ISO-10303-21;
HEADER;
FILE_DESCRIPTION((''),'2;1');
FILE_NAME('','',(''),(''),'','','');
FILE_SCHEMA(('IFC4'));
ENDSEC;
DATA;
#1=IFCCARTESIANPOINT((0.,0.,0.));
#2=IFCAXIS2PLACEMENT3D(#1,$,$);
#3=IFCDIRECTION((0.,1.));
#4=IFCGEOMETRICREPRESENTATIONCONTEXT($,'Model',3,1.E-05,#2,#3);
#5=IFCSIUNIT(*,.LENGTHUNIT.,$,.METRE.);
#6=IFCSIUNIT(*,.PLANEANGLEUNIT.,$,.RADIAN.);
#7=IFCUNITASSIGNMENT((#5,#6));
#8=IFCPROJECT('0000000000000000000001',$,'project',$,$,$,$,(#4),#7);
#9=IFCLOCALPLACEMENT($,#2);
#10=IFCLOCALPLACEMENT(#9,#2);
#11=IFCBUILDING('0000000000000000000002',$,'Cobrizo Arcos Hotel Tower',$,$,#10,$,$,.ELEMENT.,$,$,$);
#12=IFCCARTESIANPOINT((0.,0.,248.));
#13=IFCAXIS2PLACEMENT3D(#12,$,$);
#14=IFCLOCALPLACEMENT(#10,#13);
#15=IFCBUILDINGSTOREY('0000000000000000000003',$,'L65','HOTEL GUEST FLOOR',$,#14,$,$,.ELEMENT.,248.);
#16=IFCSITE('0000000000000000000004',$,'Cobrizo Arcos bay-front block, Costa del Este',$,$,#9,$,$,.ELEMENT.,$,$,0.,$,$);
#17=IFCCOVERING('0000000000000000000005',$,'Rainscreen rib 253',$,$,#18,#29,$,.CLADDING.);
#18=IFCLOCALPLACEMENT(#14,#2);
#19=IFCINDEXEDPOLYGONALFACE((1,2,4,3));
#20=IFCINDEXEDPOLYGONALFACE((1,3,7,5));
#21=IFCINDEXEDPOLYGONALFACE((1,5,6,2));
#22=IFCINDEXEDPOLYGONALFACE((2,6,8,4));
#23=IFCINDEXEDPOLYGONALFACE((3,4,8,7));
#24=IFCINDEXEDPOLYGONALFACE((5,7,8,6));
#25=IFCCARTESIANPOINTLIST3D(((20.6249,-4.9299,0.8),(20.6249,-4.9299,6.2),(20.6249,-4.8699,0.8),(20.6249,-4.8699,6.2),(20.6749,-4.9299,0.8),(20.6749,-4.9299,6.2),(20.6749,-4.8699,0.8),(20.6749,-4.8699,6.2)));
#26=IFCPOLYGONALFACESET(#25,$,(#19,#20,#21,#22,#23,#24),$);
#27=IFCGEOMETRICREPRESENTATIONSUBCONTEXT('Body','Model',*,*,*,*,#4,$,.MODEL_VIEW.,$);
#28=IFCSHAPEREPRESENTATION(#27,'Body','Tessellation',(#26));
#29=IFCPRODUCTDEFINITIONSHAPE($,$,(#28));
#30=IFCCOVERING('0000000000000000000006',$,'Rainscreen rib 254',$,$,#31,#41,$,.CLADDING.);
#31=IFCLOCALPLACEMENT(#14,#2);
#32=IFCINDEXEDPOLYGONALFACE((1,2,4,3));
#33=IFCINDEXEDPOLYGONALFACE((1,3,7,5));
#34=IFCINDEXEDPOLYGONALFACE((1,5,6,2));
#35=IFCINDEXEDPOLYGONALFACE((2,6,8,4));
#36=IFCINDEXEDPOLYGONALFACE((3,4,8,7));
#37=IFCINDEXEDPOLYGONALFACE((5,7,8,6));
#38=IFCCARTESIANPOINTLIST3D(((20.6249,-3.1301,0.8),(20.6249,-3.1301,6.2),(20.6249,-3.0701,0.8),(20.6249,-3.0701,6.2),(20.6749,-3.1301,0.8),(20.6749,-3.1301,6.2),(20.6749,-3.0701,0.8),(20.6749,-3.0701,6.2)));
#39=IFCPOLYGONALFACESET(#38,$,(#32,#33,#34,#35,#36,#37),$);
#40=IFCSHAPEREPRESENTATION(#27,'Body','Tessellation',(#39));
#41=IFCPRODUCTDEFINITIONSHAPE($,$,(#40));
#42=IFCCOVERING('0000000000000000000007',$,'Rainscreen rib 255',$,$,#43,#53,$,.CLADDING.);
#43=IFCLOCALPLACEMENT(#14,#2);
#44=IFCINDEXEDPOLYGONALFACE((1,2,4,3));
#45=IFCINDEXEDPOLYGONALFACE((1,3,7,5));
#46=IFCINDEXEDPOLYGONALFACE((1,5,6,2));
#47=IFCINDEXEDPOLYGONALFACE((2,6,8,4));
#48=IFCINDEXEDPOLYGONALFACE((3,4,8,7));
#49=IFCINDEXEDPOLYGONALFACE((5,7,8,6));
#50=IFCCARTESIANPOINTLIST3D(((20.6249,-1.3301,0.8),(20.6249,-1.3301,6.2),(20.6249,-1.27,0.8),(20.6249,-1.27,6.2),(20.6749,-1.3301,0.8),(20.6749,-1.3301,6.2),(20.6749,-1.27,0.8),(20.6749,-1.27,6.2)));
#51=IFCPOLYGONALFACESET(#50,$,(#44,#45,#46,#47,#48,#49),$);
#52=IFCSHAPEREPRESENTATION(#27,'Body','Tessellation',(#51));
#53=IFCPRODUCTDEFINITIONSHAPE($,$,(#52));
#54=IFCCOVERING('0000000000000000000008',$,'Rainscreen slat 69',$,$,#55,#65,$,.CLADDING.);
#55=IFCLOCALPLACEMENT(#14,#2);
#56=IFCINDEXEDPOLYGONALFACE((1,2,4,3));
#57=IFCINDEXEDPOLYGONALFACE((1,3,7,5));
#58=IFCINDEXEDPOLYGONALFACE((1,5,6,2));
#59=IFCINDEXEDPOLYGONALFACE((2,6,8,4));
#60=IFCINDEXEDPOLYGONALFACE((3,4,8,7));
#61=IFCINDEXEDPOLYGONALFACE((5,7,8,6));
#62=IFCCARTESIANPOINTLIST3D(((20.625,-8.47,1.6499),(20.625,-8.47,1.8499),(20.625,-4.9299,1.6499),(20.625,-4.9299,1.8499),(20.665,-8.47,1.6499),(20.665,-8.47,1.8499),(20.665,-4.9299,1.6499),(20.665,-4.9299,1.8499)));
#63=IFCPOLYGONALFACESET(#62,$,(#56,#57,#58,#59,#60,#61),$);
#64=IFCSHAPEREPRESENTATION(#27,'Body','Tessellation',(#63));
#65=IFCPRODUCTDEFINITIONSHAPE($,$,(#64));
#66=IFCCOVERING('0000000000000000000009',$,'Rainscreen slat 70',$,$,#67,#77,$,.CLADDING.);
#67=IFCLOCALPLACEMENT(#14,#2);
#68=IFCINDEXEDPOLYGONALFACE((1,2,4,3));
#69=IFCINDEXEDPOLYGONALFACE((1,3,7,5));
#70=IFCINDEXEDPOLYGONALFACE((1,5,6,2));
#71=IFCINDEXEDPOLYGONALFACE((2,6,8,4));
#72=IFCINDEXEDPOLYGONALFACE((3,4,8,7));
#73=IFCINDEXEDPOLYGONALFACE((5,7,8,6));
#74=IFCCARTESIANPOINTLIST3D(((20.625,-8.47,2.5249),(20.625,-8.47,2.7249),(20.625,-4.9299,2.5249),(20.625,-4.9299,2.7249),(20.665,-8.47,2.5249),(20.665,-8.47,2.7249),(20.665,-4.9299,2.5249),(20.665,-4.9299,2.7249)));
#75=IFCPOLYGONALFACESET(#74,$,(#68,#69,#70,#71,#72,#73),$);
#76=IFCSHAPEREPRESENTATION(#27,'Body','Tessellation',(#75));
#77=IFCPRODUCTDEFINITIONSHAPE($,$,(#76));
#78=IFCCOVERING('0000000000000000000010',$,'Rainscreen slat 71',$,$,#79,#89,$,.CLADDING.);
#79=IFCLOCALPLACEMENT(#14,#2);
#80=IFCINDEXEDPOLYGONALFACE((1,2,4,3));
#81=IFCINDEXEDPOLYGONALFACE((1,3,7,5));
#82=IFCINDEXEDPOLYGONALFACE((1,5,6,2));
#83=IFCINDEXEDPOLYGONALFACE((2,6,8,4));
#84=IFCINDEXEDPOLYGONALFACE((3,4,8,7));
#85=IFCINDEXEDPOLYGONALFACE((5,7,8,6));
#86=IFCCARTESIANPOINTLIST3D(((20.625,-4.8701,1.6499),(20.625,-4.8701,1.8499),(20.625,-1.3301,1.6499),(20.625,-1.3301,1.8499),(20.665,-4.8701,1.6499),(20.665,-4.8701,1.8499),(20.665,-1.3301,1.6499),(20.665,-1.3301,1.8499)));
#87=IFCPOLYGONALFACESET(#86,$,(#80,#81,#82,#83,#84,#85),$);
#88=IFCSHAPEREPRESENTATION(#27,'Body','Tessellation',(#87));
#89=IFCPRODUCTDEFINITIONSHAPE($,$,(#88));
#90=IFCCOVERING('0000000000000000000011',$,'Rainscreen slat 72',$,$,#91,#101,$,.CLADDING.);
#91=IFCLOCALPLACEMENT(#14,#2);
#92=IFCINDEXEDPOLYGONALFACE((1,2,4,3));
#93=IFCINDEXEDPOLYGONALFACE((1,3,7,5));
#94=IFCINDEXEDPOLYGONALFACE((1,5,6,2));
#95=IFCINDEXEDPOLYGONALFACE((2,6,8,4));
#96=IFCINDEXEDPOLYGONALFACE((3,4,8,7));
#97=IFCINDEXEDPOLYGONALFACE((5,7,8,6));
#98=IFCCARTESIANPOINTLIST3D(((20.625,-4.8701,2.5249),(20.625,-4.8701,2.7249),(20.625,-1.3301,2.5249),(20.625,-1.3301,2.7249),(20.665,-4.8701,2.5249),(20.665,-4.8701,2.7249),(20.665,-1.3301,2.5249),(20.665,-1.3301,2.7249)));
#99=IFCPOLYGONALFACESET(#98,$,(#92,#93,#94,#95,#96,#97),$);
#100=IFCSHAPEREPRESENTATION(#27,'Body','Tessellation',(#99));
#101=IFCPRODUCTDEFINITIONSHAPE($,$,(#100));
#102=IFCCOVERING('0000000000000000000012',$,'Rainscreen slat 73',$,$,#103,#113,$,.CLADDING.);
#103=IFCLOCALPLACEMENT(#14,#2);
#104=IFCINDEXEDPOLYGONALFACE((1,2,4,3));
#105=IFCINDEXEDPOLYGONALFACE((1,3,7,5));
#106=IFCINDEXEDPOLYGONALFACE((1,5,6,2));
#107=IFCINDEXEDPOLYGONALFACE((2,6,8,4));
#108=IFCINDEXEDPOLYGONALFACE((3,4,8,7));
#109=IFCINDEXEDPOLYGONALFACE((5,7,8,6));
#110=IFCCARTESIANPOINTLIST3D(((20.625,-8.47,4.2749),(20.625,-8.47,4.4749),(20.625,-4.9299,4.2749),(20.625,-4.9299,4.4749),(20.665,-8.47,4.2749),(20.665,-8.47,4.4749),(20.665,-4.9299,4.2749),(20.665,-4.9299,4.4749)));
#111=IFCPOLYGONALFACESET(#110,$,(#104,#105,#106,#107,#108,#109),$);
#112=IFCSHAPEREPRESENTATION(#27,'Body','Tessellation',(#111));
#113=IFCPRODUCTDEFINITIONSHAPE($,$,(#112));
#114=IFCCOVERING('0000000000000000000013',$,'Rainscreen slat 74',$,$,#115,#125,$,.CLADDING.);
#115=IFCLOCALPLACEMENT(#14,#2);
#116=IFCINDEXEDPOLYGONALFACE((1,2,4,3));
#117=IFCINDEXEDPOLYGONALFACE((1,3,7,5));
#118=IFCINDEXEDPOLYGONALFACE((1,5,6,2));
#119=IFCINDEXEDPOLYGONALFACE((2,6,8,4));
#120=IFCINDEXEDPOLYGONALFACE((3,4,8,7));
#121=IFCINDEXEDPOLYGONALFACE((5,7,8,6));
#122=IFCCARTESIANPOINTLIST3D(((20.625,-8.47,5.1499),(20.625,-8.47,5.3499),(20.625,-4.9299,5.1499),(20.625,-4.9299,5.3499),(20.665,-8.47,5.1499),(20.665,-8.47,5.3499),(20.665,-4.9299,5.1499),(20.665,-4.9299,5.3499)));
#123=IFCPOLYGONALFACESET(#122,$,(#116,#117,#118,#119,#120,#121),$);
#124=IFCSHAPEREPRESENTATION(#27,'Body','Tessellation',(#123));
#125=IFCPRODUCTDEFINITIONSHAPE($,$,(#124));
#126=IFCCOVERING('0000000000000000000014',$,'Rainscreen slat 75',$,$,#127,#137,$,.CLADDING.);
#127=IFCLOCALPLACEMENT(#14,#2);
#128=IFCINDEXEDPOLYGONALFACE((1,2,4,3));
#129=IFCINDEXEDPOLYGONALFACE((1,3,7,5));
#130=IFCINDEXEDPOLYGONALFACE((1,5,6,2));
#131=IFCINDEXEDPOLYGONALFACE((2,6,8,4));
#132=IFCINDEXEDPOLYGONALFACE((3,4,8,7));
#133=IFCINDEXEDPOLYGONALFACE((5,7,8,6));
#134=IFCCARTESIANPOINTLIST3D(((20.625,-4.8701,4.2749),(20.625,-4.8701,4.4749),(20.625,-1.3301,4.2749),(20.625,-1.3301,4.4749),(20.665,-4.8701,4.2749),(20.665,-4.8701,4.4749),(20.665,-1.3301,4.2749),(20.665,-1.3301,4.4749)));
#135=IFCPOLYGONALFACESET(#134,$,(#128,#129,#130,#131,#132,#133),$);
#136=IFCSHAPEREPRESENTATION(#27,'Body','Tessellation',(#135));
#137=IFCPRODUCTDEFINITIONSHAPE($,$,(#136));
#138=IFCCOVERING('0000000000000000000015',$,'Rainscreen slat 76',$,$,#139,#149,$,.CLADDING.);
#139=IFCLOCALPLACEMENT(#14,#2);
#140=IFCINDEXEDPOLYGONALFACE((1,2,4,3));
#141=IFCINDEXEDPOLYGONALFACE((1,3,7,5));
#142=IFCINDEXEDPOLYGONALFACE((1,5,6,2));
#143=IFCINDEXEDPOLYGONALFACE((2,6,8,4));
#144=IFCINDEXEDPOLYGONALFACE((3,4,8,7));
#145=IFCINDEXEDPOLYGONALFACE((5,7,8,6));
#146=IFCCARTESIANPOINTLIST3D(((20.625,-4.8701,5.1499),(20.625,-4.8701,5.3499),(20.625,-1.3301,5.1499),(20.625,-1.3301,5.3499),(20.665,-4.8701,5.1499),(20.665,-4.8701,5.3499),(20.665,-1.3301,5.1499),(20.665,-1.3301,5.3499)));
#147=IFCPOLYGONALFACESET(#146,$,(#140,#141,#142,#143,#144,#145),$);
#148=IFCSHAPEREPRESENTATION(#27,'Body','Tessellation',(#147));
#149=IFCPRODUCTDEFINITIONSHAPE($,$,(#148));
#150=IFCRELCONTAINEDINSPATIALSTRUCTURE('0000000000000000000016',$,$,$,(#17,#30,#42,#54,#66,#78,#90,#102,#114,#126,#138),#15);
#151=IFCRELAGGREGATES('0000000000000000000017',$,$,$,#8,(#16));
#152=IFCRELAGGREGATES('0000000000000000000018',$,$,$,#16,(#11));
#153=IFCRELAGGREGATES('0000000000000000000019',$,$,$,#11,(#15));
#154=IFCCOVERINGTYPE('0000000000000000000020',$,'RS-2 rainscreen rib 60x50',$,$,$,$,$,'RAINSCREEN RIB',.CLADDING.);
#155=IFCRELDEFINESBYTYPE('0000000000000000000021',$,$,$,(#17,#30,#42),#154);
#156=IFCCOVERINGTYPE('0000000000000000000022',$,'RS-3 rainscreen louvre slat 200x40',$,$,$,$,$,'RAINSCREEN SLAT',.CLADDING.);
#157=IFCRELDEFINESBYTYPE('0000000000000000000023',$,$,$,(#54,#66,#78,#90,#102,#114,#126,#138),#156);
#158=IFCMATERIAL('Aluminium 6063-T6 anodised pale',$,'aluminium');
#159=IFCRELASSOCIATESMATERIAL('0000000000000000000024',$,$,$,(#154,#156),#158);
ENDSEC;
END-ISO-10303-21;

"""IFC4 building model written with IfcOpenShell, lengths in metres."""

from ifc_helpers import new_model, si_unit, direction, frame, origin, origin_2d, place, context, subcontext, project, spatial, rectangle, extrude, material, type_object, element, save


model = new_model("IFC4")

# Units and contexts
model_context = context("Model", 3, precision=1e-05, world=origin(), true_north=direction((0.0, 1.0)))
body_context = subcontext(model_context, "Body", "Model", "MODEL_VIEW")
ifc_project = project(units=[si_unit("LENGTHUNIT", "METRE"), si_unit("PLANEANGLEUNIT", "RADIAN")], contexts=[model_context])

# Site, building, storey
site_placement = place(None, origin())
site = spatial("IfcSite", under=ifc_project, at=site_placement, Name="Cobrizo Arcos bay-front block, Costa del Este", CompositionType="ELEMENT", RefElevation=0.0)
building_placement = place(site_placement, origin())
building = spatial("IfcBuilding", under=site, at=building_placement, Name="Cobrizo Arcos Hotel Tower", CompositionType="ELEMENT")
storey_placement = place(building_placement, frame((0.0, 0.0, 248.0)))
storey = spatial("IfcBuildingStorey", under=building, at=storey_placement, Name="L65", Description="HOTEL GUEST FLOOR", CompositionType="ELEMENT", Elevation=248.0)

# Coverings
ifc_material_1 = material(Name="Aluminium 6063-T6 anodised pale", Category="aluminium")
covering_type_1 = type_object("IfcCoveringType", Name="RS-2 rainscreen rib 60x50", ElementType="RAINSCREEN RIB", PredefinedType="CLADDING", material=ifc_material_1)
for number, where, z_axis, x_axis, name in (
    (1, (20.6499, -4.8999, 0.8), (0.0, 0.0, 1.0), (0.0, 1.0, 0.0), "Rainscreen rib 253"),
    (2, (20.6499, -3.1001, 0.8), (0.0, 0.0, 1.0), (0.0, 1.0, 0.0), "Rainscreen rib 254"),
    (3, (20.6499, -1.3, 0.8), (0.0, 0.0, 1.0), (0.0, 1.0, 0.0), "Rainscreen rib 255"),
):
    element("IfcCovering", number, at=place(storey_placement, frame(where, z_axis=z_axis, x_axis=x_axis)), inside=storey, type_object=covering_type_1, Name=name, PredefinedType="CLADDING", context=body_context, shape_type="SweptSolid", body=[
        extrude(rectangle(XDim=0.0601, YDim=0.05, at=origin_2d()), origin(), (0.0, 0.0, 1.0), 5.3999),
    ])
covering_type_2 = type_object("IfcCoveringType", Name="RS-3 rainscreen louvre slat 200x40", ElementType="RAINSCREEN SLAT", PredefinedType="CLADDING", material=ifc_material_1)
for number, where, z_axis, x_axis, name in (
    (4, (20.645, -6.7, 1.6499), (0.0, 0.0, 1.0), (0.0, 1.0, 0.0), "Rainscreen slat 69"),
    (5, (20.645, -6.7, 2.5249), (0.0, 0.0, 1.0), (0.0, 1.0, 0.0), "Rainscreen slat 70"),
    (6, (20.645, -3.1001, 1.6499), (0.0, 0.0, 1.0), (0.0, 1.0, 0.0), "Rainscreen slat 71"),
    (7, (20.645, -3.1001, 2.5249), (0.0, 0.0, 1.0), (0.0, 1.0, 0.0), "Rainscreen slat 72"),
    (8, (20.645, -6.7, 4.2749), (0.0, 0.0, 1.0), (0.0, 1.0, 0.0), "Rainscreen slat 73"),
    (9, (20.645, -6.7, 5.1499), (0.0, 0.0, 1.0), (0.0, 1.0, 0.0), "Rainscreen slat 74"),
    (10, (20.645, -3.1001, 4.2749), (0.0, 0.0, 1.0), (0.0, 1.0, 0.0), "Rainscreen slat 75"),
    (11, (20.645, -3.1001, 5.1499), (0.0, 0.0, 1.0), (0.0, 1.0, 0.0), "Rainscreen slat 76"),
):
    element("IfcCovering", number, at=place(storey_placement, frame(where, z_axis=z_axis, x_axis=x_axis)), inside=storey, type_object=covering_type_2, Name=name, PredefinedType="CLADDING", context=body_context, shape_type="SweptSolid", body=[
        extrude(rectangle(XDim=3.54, YDim=0.04, at=origin_2d()), origin(), (0.0, 0.0, 1.0), 0.2),
    ])

save(model, "model.ifc")
